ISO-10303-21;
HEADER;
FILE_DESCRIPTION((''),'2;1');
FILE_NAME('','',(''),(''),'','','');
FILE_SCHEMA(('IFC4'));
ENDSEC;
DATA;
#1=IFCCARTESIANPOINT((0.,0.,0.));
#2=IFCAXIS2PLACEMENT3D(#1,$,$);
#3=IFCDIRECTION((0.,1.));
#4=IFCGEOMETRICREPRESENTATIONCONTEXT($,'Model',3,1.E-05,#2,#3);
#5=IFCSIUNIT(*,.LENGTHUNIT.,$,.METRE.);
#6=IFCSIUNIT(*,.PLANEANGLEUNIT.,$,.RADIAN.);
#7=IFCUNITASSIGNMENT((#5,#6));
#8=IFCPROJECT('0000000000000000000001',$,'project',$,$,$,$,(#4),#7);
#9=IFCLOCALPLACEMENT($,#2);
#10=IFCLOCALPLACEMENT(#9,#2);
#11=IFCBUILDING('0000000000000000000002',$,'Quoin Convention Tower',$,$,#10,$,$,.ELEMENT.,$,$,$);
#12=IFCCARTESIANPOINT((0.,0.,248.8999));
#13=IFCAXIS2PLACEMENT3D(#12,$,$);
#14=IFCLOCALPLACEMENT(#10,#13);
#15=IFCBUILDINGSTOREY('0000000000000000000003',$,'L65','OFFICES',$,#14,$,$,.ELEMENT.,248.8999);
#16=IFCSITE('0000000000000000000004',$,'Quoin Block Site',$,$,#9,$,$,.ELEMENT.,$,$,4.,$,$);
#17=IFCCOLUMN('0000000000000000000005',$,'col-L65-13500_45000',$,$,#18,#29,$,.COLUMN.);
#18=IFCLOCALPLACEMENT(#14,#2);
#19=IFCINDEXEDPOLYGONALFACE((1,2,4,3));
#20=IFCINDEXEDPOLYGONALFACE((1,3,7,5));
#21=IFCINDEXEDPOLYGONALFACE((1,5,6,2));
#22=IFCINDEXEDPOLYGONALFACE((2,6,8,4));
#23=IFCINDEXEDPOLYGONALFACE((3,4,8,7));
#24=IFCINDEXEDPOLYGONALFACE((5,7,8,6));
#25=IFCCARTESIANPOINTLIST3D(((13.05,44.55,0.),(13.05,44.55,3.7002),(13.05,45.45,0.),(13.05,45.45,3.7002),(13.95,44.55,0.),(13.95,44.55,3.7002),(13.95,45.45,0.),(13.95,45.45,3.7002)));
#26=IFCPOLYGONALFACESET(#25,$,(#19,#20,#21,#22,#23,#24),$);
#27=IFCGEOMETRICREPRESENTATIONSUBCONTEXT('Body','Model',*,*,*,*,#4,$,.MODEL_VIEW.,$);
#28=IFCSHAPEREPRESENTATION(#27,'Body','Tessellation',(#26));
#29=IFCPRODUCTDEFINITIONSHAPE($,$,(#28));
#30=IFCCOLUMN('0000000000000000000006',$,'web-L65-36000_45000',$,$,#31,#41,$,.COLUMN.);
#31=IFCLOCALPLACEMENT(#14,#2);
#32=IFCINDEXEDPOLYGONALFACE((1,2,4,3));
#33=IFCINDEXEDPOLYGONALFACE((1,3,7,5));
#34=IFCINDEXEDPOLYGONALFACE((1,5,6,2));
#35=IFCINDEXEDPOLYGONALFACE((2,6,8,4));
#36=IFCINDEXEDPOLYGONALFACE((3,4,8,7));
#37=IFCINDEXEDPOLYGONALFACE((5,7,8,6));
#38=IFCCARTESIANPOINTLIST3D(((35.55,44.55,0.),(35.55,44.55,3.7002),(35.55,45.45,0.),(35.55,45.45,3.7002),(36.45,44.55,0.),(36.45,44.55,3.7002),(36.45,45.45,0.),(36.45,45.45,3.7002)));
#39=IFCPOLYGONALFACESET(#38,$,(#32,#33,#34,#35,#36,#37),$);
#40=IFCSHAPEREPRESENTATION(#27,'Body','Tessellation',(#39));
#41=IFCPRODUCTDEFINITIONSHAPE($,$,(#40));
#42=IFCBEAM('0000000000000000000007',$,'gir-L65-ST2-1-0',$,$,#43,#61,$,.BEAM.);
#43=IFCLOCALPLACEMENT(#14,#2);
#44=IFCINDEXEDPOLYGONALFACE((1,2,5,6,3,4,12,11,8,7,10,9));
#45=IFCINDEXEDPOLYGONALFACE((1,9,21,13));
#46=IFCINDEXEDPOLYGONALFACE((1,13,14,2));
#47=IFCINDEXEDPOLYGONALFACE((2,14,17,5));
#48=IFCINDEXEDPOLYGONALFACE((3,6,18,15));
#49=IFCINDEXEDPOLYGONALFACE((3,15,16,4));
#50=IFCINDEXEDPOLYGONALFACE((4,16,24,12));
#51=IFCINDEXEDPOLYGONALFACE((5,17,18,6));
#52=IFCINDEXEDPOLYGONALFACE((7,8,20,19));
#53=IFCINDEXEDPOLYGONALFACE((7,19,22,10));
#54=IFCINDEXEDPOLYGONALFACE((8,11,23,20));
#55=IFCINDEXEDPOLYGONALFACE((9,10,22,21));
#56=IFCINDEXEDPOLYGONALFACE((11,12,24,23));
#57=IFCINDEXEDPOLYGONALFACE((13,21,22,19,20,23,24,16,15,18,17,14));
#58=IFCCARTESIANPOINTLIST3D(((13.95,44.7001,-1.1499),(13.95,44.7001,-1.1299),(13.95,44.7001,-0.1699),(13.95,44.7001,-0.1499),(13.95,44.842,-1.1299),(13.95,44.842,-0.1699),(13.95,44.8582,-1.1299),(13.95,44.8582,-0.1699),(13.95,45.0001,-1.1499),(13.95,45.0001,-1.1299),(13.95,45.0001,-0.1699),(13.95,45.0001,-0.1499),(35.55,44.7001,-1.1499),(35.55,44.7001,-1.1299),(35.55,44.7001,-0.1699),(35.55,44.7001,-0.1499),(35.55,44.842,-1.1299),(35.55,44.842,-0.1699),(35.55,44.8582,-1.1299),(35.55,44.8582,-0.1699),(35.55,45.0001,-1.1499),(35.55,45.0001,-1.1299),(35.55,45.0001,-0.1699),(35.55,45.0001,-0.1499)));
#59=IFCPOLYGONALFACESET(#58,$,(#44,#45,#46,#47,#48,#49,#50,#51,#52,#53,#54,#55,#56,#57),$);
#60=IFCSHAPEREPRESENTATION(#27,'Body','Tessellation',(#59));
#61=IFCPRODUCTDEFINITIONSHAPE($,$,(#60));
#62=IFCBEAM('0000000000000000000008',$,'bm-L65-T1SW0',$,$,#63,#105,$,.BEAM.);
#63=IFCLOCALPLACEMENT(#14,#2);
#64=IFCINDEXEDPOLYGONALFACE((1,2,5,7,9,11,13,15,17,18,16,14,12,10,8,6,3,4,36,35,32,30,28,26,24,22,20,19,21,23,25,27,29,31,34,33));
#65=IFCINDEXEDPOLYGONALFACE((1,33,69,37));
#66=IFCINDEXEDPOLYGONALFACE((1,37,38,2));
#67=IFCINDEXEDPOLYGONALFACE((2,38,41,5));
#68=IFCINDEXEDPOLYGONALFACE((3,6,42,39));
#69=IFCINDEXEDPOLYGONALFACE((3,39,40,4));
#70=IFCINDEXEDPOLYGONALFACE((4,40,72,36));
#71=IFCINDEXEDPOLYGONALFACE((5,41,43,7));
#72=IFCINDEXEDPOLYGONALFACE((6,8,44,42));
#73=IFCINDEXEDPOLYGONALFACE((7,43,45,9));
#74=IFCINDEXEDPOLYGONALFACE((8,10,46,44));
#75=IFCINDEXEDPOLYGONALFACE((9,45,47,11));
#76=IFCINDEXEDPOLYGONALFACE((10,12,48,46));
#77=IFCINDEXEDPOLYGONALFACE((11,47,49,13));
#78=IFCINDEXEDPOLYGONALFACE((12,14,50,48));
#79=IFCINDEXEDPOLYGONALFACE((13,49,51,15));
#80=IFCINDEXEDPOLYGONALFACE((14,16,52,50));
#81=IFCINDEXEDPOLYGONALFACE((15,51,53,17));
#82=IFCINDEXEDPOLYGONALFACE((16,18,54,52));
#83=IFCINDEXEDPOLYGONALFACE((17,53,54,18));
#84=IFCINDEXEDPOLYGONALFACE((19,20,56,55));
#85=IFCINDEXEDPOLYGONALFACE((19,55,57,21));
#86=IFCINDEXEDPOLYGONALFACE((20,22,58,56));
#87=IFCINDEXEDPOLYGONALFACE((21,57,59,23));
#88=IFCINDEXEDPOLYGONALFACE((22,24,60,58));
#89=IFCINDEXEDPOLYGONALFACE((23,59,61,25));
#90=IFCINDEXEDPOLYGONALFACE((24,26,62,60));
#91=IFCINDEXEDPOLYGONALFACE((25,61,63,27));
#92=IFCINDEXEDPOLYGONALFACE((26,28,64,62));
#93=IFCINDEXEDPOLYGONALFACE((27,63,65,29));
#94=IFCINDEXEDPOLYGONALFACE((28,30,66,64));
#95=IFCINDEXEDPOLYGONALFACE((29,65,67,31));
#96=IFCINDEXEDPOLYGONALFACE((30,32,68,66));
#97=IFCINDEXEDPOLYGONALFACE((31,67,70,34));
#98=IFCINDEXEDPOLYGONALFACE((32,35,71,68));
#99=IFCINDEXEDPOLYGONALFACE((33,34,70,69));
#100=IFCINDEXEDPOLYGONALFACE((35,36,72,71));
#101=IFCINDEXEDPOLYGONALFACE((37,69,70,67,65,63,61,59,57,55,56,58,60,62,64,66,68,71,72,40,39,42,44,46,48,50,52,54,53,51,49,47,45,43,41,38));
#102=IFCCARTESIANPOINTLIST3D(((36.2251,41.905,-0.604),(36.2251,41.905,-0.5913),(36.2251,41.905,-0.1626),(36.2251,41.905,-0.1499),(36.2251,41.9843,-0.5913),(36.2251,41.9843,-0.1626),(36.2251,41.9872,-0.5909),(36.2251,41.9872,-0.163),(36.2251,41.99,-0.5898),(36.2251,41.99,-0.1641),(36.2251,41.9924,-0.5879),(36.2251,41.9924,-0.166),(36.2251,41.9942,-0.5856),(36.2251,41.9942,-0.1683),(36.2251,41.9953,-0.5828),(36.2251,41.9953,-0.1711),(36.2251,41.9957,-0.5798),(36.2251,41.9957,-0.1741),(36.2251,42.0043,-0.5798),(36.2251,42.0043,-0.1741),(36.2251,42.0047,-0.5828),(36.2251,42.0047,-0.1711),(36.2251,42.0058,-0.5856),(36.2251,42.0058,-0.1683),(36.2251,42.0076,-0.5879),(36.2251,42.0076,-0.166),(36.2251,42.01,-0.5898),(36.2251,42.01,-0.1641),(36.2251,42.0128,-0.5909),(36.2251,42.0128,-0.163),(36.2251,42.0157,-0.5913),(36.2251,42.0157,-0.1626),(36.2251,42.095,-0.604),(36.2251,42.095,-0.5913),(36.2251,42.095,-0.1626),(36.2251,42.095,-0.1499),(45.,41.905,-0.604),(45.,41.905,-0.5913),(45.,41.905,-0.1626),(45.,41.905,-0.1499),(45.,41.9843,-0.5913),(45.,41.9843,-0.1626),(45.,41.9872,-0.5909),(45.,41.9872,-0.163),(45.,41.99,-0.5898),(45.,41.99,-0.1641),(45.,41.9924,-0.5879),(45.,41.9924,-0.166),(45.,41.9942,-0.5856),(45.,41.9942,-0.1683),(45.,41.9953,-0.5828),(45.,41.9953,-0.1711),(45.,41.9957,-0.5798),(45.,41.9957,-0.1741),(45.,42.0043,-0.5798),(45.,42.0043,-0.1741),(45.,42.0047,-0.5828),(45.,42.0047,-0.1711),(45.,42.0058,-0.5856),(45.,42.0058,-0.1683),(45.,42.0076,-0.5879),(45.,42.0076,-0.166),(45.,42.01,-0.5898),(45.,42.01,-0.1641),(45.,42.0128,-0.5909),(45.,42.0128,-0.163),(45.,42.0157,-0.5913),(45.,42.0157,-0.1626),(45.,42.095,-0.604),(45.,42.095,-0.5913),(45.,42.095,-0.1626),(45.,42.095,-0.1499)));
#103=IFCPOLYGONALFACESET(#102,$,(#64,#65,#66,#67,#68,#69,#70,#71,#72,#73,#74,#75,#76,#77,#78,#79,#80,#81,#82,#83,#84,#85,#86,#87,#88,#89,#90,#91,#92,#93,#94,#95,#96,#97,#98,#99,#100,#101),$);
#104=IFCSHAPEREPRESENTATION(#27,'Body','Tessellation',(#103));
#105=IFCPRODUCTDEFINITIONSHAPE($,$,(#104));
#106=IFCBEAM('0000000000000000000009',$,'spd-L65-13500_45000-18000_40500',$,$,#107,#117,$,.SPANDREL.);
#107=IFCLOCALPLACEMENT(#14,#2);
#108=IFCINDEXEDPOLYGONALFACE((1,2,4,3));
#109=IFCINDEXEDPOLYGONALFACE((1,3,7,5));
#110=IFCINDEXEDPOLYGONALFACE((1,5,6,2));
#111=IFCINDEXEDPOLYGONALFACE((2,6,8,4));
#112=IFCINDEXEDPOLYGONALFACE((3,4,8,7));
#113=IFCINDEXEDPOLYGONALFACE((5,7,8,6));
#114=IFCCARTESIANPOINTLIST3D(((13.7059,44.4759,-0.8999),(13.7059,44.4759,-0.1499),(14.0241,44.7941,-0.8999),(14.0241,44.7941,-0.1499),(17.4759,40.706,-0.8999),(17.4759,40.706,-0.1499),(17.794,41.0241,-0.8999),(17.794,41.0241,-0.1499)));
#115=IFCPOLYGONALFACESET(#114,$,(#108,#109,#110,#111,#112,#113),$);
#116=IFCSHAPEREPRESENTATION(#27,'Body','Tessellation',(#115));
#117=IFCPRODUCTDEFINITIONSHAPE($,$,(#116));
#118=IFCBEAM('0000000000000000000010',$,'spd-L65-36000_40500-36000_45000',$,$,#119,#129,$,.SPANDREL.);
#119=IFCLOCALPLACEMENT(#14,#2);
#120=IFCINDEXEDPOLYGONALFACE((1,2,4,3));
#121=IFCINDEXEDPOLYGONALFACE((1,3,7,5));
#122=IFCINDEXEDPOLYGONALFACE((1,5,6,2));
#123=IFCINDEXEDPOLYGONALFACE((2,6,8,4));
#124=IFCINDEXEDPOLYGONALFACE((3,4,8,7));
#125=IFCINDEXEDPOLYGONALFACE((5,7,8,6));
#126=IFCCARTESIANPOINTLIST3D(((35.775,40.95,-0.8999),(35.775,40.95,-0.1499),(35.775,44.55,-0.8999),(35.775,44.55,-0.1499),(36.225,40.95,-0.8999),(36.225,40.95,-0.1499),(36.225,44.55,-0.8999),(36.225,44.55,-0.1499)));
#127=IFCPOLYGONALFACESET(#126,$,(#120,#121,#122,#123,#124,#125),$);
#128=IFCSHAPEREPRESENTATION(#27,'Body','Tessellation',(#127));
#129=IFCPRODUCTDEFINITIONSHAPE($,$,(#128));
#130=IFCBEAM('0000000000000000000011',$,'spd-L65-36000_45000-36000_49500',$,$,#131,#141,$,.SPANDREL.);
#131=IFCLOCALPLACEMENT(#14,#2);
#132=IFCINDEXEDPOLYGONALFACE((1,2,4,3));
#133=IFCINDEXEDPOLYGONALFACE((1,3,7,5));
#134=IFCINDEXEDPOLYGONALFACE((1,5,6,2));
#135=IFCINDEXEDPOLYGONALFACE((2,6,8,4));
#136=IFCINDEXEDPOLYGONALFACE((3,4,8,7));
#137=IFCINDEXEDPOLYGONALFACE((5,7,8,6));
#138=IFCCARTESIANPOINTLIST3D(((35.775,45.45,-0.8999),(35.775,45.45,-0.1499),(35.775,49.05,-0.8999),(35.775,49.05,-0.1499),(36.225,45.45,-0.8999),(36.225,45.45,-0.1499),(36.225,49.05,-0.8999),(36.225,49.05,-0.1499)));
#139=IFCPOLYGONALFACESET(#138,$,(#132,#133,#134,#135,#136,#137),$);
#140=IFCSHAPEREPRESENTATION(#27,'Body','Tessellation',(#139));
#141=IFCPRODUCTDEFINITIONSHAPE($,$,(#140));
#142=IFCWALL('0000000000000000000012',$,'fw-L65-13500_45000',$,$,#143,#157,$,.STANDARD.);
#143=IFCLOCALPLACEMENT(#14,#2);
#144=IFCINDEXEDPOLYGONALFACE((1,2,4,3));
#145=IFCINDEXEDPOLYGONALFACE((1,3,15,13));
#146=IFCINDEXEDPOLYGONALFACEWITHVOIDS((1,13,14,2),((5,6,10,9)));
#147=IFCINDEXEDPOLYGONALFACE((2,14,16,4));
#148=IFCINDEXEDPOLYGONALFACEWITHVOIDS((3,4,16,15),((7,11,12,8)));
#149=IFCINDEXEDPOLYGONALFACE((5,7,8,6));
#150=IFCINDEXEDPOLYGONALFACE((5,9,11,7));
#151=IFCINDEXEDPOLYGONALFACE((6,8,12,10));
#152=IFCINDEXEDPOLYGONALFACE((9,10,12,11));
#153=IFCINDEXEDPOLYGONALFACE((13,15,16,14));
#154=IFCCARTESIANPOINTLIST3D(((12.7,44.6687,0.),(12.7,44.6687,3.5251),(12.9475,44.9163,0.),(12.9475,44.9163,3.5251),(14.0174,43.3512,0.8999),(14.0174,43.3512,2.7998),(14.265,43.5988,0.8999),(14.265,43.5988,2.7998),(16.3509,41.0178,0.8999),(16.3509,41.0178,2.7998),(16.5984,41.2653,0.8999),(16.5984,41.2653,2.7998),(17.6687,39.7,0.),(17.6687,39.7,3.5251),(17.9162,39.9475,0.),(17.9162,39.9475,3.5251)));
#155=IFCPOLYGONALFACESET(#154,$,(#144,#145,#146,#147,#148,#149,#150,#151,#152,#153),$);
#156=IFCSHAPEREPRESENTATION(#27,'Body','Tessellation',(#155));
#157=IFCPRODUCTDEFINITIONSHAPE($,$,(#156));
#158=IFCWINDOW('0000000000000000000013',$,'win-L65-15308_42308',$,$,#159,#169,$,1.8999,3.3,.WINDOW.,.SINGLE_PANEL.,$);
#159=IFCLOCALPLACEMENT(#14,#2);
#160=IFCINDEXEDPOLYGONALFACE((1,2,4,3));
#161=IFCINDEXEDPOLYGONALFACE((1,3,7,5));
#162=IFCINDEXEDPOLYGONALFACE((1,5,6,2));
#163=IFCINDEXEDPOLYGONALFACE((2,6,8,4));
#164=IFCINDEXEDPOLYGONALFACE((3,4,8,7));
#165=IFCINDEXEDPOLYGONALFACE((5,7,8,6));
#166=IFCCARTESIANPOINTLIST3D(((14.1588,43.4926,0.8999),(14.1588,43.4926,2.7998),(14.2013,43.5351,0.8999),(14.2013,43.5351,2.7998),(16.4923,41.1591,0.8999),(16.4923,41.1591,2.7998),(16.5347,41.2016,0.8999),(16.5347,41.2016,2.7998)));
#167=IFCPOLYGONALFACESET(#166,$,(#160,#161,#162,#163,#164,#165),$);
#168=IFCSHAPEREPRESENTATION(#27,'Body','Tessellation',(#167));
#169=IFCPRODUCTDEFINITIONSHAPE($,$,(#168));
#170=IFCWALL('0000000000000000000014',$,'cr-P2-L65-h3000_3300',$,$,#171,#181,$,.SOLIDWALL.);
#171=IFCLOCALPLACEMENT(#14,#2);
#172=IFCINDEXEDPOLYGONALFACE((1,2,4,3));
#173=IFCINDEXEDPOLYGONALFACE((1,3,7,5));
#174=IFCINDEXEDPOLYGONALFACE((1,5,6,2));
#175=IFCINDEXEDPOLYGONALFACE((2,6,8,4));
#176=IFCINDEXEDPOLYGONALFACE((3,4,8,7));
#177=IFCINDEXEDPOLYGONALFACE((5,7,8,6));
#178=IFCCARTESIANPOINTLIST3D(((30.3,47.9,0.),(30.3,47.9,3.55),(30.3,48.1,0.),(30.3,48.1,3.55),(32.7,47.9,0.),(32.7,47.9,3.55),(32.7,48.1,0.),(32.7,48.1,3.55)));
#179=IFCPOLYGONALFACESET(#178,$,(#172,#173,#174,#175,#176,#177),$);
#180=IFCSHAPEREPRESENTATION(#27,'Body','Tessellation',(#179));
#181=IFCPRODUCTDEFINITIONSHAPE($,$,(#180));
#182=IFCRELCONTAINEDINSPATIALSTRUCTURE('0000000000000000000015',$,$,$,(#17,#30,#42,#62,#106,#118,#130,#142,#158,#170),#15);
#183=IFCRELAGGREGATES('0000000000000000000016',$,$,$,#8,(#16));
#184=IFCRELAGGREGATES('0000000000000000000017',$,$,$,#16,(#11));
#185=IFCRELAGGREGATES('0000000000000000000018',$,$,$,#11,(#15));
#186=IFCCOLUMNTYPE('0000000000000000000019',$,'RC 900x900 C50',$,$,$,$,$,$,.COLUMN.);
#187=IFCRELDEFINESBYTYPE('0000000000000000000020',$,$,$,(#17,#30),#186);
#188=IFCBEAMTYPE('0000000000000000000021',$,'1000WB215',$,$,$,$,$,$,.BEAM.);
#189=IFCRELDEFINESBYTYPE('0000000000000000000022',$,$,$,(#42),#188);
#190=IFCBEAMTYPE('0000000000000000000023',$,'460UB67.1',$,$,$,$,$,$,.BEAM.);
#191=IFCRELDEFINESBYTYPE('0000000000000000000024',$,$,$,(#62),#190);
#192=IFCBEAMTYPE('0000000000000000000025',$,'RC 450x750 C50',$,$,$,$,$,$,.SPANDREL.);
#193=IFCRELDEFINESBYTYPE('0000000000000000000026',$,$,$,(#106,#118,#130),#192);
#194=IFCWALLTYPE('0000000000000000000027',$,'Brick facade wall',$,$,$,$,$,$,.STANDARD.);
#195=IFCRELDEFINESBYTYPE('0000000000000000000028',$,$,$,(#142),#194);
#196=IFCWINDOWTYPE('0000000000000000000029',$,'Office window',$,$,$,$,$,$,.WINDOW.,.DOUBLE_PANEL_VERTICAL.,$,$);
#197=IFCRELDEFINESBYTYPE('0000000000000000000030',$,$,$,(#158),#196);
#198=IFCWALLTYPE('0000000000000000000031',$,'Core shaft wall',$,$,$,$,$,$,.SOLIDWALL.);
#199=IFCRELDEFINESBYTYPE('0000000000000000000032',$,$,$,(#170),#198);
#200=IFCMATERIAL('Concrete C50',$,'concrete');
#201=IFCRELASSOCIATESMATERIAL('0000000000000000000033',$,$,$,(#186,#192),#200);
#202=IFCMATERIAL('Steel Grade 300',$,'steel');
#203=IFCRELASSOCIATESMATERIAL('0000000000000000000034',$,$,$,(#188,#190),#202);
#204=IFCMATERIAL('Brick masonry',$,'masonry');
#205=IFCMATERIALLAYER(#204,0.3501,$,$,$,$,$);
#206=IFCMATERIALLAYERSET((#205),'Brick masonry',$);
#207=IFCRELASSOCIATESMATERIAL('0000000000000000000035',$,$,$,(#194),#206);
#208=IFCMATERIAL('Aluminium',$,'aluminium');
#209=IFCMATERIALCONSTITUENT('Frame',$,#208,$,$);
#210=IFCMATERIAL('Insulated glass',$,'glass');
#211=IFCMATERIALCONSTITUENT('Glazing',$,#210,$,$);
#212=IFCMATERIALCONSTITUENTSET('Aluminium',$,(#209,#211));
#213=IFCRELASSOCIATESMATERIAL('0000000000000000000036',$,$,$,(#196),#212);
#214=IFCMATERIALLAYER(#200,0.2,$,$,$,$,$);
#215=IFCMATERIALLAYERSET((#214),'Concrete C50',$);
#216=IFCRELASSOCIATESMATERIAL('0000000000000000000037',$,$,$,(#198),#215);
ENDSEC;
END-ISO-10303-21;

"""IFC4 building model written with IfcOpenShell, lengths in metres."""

from ifc_helpers import new_model, si_unit, direction, frame, frame_2d, origin, origin_2d, place, context, subcontext, project, spatial, rectangle, i_section, extrude, material, layer, layer_set, constituent, constituent_set, material_profile, profile_set, type_object, element, fill, save


model = new_model("IFC4")

# Units and contexts
model_context = context("Model", 3, precision=1e-05, world=origin(), true_north=direction((0.0, 1.0)))
body_context = subcontext(model_context, "Body", "Model", "MODEL_VIEW")
ifc_project = project(units=[si_unit("LENGTHUNIT", "METRE"), si_unit("PLANEANGLEUNIT", "RADIAN")], contexts=[model_context])

# Site, building, storey
site_placement = place(None, origin())
site = spatial("IfcSite", under=ifc_project, at=site_placement, Name="Quoin Block Site", CompositionType="ELEMENT", RefElevation=4.0)
building_placement = place(site_placement, origin())
building = spatial("IfcBuilding", under=site, at=building_placement, Name="Quoin Convention Tower", CompositionType="ELEMENT")
storey_placement = place(building_placement, frame((0.0, 0.0, 248.8999)))
storey = spatial("IfcBuildingStorey", under=building, at=storey_placement, Name="L65", Description="OFFICES", CompositionType="ELEMENT", Elevation=248.8999)

# Columns
ifc_material_1 = material(Name="Concrete C50", Category="concrete")
ifc_material_profile_1 = material_profile(ifc_material_1, rectangle(XDim=0.8999, YDim=0.8999, at=origin_2d()), Name="RC 900x900")
ifc_profile_set_1 = profile_set([ifc_material_profile_1], Name="Concrete C50")
column_type = type_object("IfcColumnType", Name="RC 900x900 C50", PredefinedType="COLUMN", material=ifc_profile_set_1)
for number, where, z_axis, x_axis, name in (
    (1, (13.5, 45.0, 0.0), (0.0, 0.0, 1.0), (1.0, 0.0, 0.0), "col-L65-13500_45000"),
    (2, (36.0, 45.0, 0.0), (0.0, 0.0, 1.0), (1.0, 0.0, 0.0), "web-L65-36000_45000"),
):
    element("IfcColumn", number, at=place(storey_placement, frame(where, z_axis=z_axis, x_axis=x_axis)), inside=storey, type_object=column_type, Name=name, PredefinedType="COLUMN", context=body_context, shape_type="SweptSolid", body=[
        extrude(rectangle(XDim=0.8999, YDim=0.8999, at=origin_2d()), origin(), (0.0, 0.0, 1.0), 3.7002),
    ])

# Beams
ifc_material_2 = material(Name="Steel Grade 300", Category="steel")
ifc_material_profile_2 = material_profile(ifc_material_2, i_section(OverallWidth=0.3, OverallDepth=1.0, WebThickness=0.0161, FlangeThickness=0.02, at=origin_2d()), Name="1000WB215")
ifc_profile_set_2 = profile_set([ifc_material_profile_2], Name="Steel Grade 300")
beam_type_1 = type_object("IfcBeamType", Name="1000WB215", PredefinedType="BEAM", material=ifc_profile_set_2)
beam_1_placement = place(storey_placement, frame((13.95, 44.8501, -0.6499), z_axis=(1.0, 0.0, 0.0), x_axis=(0.0, 1.0, 0.0)))
element("IfcBeam", 3, at=beam_1_placement, inside=storey, type_object=beam_type_1, Name="gir-L65-ST2-1-0", PredefinedType="BEAM", context=body_context, shape_type="SweptSolid", body=[
    extrude(i_section(OverallWidth=0.3, OverallDepth=1.0, WebThickness=0.0161, FlangeThickness=0.02, at=origin_2d()), origin(), (0.0, 0.0, 1.0), 21.6001),
])
ifc_material_profile_3 = material_profile(ifc_material_2, i_section(OverallWidth=0.1899, OverallDepth=0.4541, WebThickness=0.0085, FlangeThickness=0.0127, FilletRadius=0.0115, at=origin_2d()), Name="460UB67.1")
ifc_profile_set_3 = profile_set([ifc_material_profile_3], Name="Steel Grade 300")
beam_type_2 = type_object("IfcBeamType", Name="460UB67.1", PredefinedType="BEAM", material=ifc_profile_set_3)
beam_2_placement = place(storey_placement, frame((36.2251, 42.0, -0.377), z_axis=(1.0, 0.0, 0.0), x_axis=(0.0, 1.0, 0.0)))
element("IfcBeam", 4, at=beam_2_placement, inside=storey, type_object=beam_type_2, Name="bm-L65-T1SW0", PredefinedType="BEAM", context=body_context, shape_type="SweptSolid", body=[
    extrude(i_section(OverallWidth=0.1899, OverallDepth=0.4541, WebThickness=0.0085, FlangeThickness=0.0127, FilletRadius=0.0115, at=origin_2d()), origin(), (0.0, 0.0, 1.0), 8.7749),
])
ifc_material_profile_4 = material_profile(ifc_material_1, rectangle(XDim=0.45, YDim=0.75, at=origin_2d()), Name="RC 450x750")
ifc_profile_set_4 = profile_set([ifc_material_profile_4], Name="Concrete C50")
beam_type_3 = type_object("IfcBeamType", Name="RC 450x750 C50", PredefinedType="SPANDREL", material=ifc_profile_set_4)
beam_3_placement = place(storey_placement, frame((13.865, 44.635, -0.5249), z_axis=(0.707107, -0.707107, 0.0), x_axis=(0.707107, 0.707107, 0.0)))
element("IfcBeam", 5, at=beam_3_placement, inside=storey, type_object=beam_type_3, Name="spd-L65-13500_45000-18000_40500", PredefinedType="SPANDREL", context=body_context, shape_type="SweptSolid", body=[
    extrude(rectangle(XDim=0.45, YDim=0.75, at=origin_2d()), origin(), (0.0, 0.0, 1.0), 5.3315),
])
for number, where, z_axis, x_axis, name in (
    (6, (36.0, 40.95, -0.5249), (0.0, 1.0, 0.0), (-1.0, 0.0, 0.0), "spd-L65-36000_40500-36000_45000"),
    (7, (36.0, 45.45, -0.5249), (0.0, 1.0, 0.0), (-1.0, 0.0, 0.0), "spd-L65-36000_45000-36000_49500"),
):
    element("IfcBeam", number, at=place(storey_placement, frame(where, z_axis=z_axis, x_axis=x_axis)), inside=storey, type_object=beam_type_3, Name=name, PredefinedType="SPANDREL", context=body_context, shape_type="SweptSolid", body=[
        extrude(rectangle(XDim=0.45, YDim=0.75, at=origin_2d()), origin(), (0.0, 0.0, 1.0), 3.6001),
    ])

# Wall, opening, window
ifc_material_3 = material(Name="Brick masonry", Category="masonry")
ifc_layer_1 = layer(ifc_material_3, 0.3501)
ifc_layer_set_1 = layer_set([ifc_layer_1], Name="Brick masonry")
wall_type_1 = type_object("IfcWallType", Name="Brick facade wall", PredefinedType="STANDARD", material=ifc_layer_set_1)
wall_1_placement = place(storey_placement, frame((12.8237, 44.7925, 0.0), z_axis=(0.0, 0.0, 1.0), x_axis=(0.707107, -0.707107, 0.0)))
wall_1 = element("IfcWall", 8, at=wall_1_placement, inside=storey, type_object=wall_type_1, Name="fw-L65-13500_45000", PredefinedType="STANDARD", context=body_context, shape_type="SweptSolid", body=[
    extrude(rectangle(XDim=7.0269, YDim=0.3501, at=frame_2d((3.5134, 0.0))), origin(), (0.0, 0.0, 1.0), 3.5251),
])
opening_1_placement = place(wall_1_placement, frame((1.8633, 0.0, 0.8999)))
opening_1 = element("IfcOpeningElement", 9, at=opening_1_placement, cuts=wall_1, PredefinedType="OPENING", context=body_context, shape_type="SweptSolid", body=[
    extrude(rectangle(XDim=3.3, YDim=1.8999, at=frame_2d((1.6499, 0.95))), frame((0.0, 0.1851, 0.0), z_axis=(0.0, -1.0, 0.0), x_axis=(1.0, 0.0, 0.0)), (0.0, 0.0, 1.0), 0.3701),
])
ifc_material_4 = material(Name="Aluminium", Category="aluminium")
ifc_constituent_1 = constituent(ifc_material_4, Name="Frame")
ifc_material_5 = material(Name="Insulated glass", Category="glass")
ifc_constituent_2 = constituent(ifc_material_5, Name="Glazing")
ifc_constituent_set = constituent_set(constituents=[ifc_constituent_1, ifc_constituent_2], Name="Aluminium")
window_type = type_object("IfcWindowType", Name="Office window", PartitioningType="DOUBLE_PANEL_VERTICAL", PredefinedType="WINDOW", material=ifc_constituent_set)
window_placement = place(opening_1_placement, origin())
window = element("IfcWindow", 10, at=window_placement, inside=storey, type_object=window_type, Name="win-L65-15308_42308", OverallHeight=1.8999, OverallWidth=3.3, PartitioningType="SINGLE_PANEL", PredefinedType="WINDOW", context=body_context, shape_type="SweptSolid", body=[
    extrude(rectangle(XDim=3.3, YDim=1.8999, at=frame_2d((1.6499, 0.95))), frame((0.0, 0.085, 0.0), z_axis=(0.0, -1.0, 0.0), x_axis=(1.0, 0.0, 0.0)), (0.0, 0.0, 1.0), 0.0601),
])
fill(opening_1, window)

# Wall
ifc_layer_2 = layer(ifc_material_1, 0.2)
ifc_layer_set_2 = layer_set([ifc_layer_2], Name="Concrete C50")
wall_type_2 = type_object("IfcWallType", Name="Core shaft wall", PredefinedType="SOLIDWALL", material=ifc_layer_set_2)
wall_2_placement = place(storey_placement, frame((30.3, 48.0, 0.0), z_axis=(0.0, 0.0, 1.0), x_axis=(1.0, 0.0, 0.0)))
element("IfcWall", 11, at=wall_2_placement, inside=storey, type_object=wall_type_2, Name="cr-P2-L65-h3000_3300", PredefinedType="SOLIDWALL", context=body_context, shape_type="SweptSolid", body=[
    extrude(rectangle(XDim=2.3999, YDim=0.2, at=frame_2d((1.2, 0.0))), origin(), (0.0, 0.0, 1.0), 3.55),
])

save(model, "model.ifc")
